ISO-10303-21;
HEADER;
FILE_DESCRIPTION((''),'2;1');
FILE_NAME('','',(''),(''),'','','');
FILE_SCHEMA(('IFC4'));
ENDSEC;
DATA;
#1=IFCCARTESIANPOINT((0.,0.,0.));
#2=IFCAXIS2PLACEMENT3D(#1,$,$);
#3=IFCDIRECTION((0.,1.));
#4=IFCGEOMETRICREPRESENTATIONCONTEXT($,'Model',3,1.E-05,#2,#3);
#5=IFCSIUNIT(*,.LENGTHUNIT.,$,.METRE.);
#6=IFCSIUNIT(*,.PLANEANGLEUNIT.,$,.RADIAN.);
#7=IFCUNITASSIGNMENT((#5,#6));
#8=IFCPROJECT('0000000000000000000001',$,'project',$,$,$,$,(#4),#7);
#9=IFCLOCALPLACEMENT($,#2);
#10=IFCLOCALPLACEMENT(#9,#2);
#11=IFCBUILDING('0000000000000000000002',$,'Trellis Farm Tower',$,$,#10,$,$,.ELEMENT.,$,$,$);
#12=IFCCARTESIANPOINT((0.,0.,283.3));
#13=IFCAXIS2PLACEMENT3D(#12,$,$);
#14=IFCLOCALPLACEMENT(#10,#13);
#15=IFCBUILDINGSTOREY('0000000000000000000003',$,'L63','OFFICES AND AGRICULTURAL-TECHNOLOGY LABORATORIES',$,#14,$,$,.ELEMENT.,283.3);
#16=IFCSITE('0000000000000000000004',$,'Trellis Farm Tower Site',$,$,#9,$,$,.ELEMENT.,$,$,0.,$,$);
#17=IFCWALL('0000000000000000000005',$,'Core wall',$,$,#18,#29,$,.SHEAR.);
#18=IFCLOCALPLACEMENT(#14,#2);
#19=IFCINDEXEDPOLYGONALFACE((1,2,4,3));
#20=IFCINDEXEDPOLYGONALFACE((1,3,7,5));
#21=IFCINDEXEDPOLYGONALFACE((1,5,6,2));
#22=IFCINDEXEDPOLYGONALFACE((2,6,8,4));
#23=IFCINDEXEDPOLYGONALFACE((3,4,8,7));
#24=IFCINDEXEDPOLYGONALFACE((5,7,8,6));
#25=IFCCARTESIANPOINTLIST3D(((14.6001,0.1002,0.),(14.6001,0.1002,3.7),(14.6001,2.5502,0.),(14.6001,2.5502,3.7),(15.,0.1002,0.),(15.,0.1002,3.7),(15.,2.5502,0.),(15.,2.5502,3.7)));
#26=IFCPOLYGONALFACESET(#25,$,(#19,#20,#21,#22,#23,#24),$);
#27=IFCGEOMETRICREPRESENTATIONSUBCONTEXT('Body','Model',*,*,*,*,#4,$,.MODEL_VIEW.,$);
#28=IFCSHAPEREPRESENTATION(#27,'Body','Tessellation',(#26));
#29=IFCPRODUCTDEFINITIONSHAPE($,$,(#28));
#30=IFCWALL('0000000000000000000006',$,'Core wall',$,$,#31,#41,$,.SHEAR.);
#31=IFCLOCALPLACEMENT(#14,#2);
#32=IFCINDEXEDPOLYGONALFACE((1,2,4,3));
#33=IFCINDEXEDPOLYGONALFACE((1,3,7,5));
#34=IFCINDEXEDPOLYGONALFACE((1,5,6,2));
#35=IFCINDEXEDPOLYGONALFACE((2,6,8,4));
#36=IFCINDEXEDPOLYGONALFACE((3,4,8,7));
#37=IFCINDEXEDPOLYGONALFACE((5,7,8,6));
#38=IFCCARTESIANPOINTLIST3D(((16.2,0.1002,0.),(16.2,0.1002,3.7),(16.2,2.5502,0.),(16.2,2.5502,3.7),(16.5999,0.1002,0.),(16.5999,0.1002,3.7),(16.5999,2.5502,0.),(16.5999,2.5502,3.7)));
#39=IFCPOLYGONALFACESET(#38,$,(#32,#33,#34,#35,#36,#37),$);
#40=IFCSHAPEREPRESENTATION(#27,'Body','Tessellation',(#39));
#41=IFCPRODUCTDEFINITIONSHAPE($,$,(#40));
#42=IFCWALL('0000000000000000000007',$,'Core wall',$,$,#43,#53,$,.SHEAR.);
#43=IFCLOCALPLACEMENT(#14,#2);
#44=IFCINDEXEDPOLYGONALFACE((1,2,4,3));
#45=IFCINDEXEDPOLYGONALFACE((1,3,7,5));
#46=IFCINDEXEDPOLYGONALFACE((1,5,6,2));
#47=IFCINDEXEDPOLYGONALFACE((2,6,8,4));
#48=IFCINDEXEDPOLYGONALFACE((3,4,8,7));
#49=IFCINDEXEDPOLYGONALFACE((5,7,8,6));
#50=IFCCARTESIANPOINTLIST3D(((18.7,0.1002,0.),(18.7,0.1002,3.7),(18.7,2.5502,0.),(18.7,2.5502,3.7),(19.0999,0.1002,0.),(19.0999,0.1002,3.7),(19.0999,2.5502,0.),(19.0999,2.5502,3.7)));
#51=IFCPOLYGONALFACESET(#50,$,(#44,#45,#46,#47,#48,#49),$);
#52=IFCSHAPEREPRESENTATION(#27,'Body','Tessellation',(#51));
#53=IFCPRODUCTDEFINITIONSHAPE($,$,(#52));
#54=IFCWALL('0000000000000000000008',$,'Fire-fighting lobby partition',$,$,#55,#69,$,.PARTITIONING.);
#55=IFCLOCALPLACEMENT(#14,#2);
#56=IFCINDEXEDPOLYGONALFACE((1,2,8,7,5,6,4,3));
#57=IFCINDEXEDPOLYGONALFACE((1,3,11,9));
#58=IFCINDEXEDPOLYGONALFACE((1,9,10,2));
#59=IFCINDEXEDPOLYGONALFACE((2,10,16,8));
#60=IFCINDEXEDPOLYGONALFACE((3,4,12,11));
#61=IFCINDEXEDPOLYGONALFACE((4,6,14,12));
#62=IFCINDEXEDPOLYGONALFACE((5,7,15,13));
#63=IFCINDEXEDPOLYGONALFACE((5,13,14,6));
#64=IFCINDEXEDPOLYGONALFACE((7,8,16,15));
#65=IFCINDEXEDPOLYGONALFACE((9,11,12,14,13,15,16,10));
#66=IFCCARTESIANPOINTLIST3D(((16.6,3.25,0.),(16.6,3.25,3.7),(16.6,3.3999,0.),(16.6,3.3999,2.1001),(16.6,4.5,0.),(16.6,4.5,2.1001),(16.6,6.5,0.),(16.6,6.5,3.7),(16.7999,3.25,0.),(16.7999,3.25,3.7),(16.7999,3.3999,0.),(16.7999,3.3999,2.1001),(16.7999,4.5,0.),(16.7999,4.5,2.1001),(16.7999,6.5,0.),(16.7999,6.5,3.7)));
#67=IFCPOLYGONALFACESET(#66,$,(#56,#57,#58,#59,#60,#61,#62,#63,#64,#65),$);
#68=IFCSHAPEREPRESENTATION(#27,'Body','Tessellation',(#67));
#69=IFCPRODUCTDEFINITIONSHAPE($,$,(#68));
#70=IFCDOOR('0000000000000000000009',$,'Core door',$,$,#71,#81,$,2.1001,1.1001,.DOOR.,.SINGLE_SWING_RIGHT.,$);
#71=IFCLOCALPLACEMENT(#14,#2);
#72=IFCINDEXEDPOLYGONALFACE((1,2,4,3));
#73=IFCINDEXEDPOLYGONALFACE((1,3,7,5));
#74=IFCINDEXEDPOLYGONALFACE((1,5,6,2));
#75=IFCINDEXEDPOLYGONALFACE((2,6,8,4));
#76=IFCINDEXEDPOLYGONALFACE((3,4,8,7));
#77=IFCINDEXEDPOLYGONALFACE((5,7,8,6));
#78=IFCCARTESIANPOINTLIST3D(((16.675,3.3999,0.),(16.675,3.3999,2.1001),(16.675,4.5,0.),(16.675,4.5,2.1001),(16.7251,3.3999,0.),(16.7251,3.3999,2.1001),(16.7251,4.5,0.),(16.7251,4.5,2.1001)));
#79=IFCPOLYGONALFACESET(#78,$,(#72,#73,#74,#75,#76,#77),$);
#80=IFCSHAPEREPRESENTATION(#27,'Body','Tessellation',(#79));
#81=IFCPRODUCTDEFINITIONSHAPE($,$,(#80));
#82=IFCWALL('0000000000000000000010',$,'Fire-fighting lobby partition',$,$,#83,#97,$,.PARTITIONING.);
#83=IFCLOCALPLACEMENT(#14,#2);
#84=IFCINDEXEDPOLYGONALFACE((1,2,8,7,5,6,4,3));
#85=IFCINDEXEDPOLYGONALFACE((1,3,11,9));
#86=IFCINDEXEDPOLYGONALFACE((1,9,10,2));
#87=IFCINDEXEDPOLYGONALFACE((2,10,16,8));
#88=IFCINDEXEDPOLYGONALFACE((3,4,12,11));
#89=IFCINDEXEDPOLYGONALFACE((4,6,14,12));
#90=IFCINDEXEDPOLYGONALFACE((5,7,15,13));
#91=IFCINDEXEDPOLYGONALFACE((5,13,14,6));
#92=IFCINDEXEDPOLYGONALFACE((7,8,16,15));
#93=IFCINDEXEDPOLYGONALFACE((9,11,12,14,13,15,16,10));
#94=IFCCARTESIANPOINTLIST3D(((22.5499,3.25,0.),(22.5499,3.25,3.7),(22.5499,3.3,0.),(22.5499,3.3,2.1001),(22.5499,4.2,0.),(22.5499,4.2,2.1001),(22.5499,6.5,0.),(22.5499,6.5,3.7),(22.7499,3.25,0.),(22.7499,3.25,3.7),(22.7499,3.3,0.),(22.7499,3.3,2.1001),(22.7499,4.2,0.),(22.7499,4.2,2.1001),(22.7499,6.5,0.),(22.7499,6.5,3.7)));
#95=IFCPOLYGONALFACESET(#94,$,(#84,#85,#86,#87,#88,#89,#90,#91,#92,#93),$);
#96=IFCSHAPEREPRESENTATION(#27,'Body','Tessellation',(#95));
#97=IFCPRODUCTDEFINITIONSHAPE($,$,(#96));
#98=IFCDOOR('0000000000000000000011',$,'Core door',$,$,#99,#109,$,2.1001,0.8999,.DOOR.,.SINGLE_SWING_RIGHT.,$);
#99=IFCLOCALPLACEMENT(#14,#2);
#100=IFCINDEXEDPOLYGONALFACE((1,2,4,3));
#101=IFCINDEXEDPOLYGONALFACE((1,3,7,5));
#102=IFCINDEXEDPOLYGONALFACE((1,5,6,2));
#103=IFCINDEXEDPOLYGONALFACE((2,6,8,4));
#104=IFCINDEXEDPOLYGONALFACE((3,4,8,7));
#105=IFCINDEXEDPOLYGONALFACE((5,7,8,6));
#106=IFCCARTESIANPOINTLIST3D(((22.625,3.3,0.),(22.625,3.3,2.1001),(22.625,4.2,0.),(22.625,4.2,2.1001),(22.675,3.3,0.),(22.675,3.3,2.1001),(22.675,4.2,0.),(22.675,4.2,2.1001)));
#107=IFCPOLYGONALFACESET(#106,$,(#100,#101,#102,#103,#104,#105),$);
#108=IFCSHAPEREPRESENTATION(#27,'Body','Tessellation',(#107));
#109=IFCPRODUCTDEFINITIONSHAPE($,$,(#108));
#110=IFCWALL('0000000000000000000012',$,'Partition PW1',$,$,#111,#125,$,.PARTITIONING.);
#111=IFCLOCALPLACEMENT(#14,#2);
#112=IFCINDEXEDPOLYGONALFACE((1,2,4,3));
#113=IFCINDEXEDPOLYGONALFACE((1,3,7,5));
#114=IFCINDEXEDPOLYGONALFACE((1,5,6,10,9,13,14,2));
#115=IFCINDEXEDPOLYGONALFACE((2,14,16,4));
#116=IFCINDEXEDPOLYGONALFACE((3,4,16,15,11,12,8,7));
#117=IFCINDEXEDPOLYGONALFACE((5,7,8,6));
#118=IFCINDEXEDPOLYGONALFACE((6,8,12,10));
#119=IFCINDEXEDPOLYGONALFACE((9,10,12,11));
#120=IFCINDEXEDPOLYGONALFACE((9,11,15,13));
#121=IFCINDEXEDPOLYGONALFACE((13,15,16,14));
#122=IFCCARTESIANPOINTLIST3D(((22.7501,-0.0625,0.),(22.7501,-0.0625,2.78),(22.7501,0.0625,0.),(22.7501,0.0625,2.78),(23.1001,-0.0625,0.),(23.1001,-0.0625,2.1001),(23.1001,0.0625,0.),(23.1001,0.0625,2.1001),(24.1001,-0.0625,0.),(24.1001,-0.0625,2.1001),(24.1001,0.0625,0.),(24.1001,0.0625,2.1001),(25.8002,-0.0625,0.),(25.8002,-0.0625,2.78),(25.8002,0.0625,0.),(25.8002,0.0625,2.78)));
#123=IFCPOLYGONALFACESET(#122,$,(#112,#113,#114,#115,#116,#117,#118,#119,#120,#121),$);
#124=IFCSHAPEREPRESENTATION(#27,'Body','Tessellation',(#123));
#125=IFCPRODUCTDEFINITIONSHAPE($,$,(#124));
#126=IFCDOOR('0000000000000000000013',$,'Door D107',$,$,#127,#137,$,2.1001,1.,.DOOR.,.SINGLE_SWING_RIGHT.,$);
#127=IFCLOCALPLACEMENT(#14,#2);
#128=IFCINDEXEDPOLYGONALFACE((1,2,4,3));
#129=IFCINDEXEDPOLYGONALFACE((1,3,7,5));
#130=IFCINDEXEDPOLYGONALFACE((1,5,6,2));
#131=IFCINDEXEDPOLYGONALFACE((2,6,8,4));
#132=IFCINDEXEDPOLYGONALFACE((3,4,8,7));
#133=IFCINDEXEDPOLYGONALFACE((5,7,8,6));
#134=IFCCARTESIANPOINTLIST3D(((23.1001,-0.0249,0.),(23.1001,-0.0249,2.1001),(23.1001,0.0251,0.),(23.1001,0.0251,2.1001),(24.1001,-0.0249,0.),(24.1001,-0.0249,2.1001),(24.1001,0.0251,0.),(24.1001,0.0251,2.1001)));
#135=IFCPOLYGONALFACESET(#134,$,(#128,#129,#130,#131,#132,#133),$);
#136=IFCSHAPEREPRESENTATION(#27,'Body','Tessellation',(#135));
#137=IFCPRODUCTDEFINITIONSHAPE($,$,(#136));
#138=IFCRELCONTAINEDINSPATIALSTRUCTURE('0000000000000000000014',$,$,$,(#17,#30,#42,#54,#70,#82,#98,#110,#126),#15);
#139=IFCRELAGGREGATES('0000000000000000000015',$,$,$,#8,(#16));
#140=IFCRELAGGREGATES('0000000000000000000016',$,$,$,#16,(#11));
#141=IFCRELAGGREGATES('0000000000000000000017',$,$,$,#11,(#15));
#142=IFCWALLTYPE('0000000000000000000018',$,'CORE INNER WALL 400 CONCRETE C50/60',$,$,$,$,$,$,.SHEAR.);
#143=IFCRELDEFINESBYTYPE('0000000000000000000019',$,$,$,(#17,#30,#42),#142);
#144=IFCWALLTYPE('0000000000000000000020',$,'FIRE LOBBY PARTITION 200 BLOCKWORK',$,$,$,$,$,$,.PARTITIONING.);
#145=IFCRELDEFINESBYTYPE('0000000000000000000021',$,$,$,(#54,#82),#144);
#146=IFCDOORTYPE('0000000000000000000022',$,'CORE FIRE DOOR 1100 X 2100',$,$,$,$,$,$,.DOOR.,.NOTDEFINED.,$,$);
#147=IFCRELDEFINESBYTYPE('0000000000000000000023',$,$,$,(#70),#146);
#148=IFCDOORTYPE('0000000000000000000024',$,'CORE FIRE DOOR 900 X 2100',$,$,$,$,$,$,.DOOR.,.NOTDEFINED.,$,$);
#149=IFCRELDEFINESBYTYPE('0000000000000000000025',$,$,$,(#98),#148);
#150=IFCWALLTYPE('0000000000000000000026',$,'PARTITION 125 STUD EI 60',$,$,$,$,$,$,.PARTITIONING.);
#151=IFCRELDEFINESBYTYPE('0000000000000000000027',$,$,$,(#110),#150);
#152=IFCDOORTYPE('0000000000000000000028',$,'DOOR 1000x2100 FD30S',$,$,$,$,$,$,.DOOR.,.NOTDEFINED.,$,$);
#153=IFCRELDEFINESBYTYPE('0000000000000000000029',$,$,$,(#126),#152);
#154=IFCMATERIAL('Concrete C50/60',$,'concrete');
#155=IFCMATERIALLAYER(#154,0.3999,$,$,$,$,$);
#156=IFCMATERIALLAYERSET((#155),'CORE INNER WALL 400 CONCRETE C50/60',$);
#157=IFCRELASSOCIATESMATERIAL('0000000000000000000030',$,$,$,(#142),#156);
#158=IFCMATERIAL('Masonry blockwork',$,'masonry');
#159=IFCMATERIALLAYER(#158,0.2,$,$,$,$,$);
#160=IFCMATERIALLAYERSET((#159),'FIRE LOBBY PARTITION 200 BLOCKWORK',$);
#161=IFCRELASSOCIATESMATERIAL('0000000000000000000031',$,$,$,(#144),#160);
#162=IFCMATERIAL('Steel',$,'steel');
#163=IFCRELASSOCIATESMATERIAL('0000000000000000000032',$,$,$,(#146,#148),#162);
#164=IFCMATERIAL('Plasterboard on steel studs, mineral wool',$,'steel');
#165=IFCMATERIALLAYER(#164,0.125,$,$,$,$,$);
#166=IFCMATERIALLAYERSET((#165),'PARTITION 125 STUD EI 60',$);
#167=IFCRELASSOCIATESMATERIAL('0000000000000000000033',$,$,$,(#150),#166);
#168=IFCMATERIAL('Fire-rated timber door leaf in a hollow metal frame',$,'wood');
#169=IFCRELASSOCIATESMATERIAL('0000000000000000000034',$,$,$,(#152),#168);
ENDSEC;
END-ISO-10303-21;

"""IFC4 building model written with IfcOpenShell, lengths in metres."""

from ifc_helpers import new_model, si_unit, direction, frame, frame_2d, origin, place, context, subcontext, project, spatial, rectangle, extrude, source, transform, mapped, material, layer, layer_set, type_object, element, fill, save


model = new_model("IFC4")

# Units and contexts
model_context = context("Model", 3, precision=1e-05, world=origin(), true_north=direction((0.0, 1.0)))
body_context = subcontext(model_context, "Body", "Model", "MODEL_VIEW")
ifc_project = project(units=[si_unit("LENGTHUNIT", "METRE"), si_unit("PLANEANGLEUNIT", "RADIAN")], contexts=[model_context])

# Site, building, storey
site_placement = place(None, origin())
site = spatial("IfcSite", under=ifc_project, at=site_placement, Name="Trellis Farm Tower Site", CompositionType="ELEMENT", RefElevation=0.0)
building_placement = place(site_placement, origin())
building = spatial("IfcBuilding", under=site, at=building_placement, Name="Trellis Farm Tower", CompositionType="ELEMENT")
storey_placement = place(building_placement, frame((0.0, 0.0, 283.3)))
storey = spatial("IfcBuildingStorey", under=building, at=storey_placement, Name="L63", Description="OFFICES AND AGRICULTURAL-TECHNOLOGY LABORATORIES", CompositionType="ELEMENT", Elevation=283.3)

# Walls
ifc_material_1 = material(Name="Concrete C50/60", Category="concrete")
ifc_layer_1 = layer(ifc_material_1, 0.3999)
ifc_layer_set_1 = layer_set([ifc_layer_1], Name="CORE INNER WALL 400 CONCRETE C50/60")
wall_type_1 = type_object("IfcWallType", Name="CORE INNER WALL 400 CONCRETE C50/60", PredefinedType="SHEAR", material=ifc_layer_set_1)
shared_shape_1 = source(origin(), body_context, "Body", "SweptSolid", [
    extrude(rectangle(XDim=2.45, YDim=0.3999, at=frame_2d((1.2251, 0.0))), origin(), (0.0, 0.0, 1.0), 3.7),
])
for number, where, z_axis, x_axis, name in (
    (1, (14.8, 0.1001, 0.0), (0.0, 0.0, 1.0), (0.0, 1.0, 0.0), "Core wall"),
    (2, (16.3999, 0.1001, 0.0), (0.0, 0.0, 1.0), (0.0, 1.0, 0.0), "Core wall"),
    (3, (18.8999, 0.1001, 0.0), (0.0, 0.0, 1.0), (0.0, 1.0, 0.0), "Core wall"),
):
    element("IfcWall", number, at=place(storey_placement, frame(where, z_axis=z_axis, x_axis=x_axis)), inside=storey, type_object=wall_type_1, Name=name, PredefinedType="SHEAR", context=body_context, shape_type="MappedRepresentation", body=[
        mapped(shared_shape_1, transform((0.0, 0.0, 0.0))),
    ])

# Walls, openings, doors
ifc_material_2 = material(Name="Masonry blockwork", Category="masonry")
ifc_layer_2 = layer(ifc_material_2, 0.2)
ifc_layer_set_2 = layer_set([ifc_layer_2], Name="FIRE LOBBY PARTITION 200 BLOCKWORK")
wall_type_2 = type_object("IfcWallType", Name="FIRE LOBBY PARTITION 200 BLOCKWORK", PredefinedType="PARTITIONING", material=ifc_layer_set_2)
shared_shape_2 = source(origin(), body_context, "Body", "SweptSolid", [
    extrude(rectangle(XDim=3.25, YDim=0.2, at=frame_2d((1.625, 0.0))), origin(), (0.0, 0.0, 1.0), 3.7),
])
wall_1_placement = place(storey_placement, frame((16.7, 3.25, 0.0), z_axis=(0.0, 0.0, 1.0), x_axis=(0.0, 1.0, 0.0)))
wall_1 = element("IfcWall", 4, at=wall_1_placement, inside=storey, type_object=wall_type_2, Name="Fire-fighting lobby partition", PredefinedType="PARTITIONING", context=body_context, shape_type="MappedRepresentation", body=[
    mapped(shared_shape_2, transform((0.0, 0.0, 0.0))),
])
shared_shape_3 = source(origin(), body_context, "Body", "SweptSolid", [
    extrude(rectangle(XDim=1.1001, YDim=2.1001, at=frame_2d((0.55, 1.05))), frame((0.0, 0.1101, 0.0), z_axis=(0.0, -1.0, 0.0), x_axis=(1.0, 0.0, 0.0)), (0.0, 0.0, 1.0), 0.2202),
])
opening_1_placement = place(wall_1_placement, frame((0.1499, 0.0, 0.0)))
opening_1 = element("IfcOpeningElement", 5, at=opening_1_placement, cuts=wall_1, PredefinedType="OPENING", context=body_context, shape_type="MappedRepresentation", body=[
    mapped(shared_shape_3, transform((0.0, 0.0, 0.0))),
])
ifc_material_3 = material(Name="Steel", Category="steel")
door_type_1 = type_object("IfcDoorType", Name="CORE FIRE DOOR 1100 X 2100", OperationType="NOTDEFINED", PredefinedType="DOOR", material=ifc_material_3)
shared_shape_4 = source(origin(), body_context, "Body", "SweptSolid", [
    extrude(rectangle(XDim=1.1001, YDim=2.1001, at=frame_2d((0.55, 1.05))), frame((0.0, 0.0249, 0.0), z_axis=(0.0, -1.0, 0.0), x_axis=(1.0, 0.0, 0.0)), (0.0, 0.0, 1.0), 0.05),
])
door_1_placement = place(opening_1_placement, origin())
door_1 = element("IfcDoor", 6, at=door_1_placement, inside=storey, type_object=door_type_1, Name="Core door", OperationType="SINGLE_SWING_RIGHT", OverallHeight=2.1001, OverallWidth=1.1001, PredefinedType="DOOR", context=body_context, shape_type="MappedRepresentation", body=[
    mapped(shared_shape_4, transform((0.0, 0.0, 0.0))),
])
fill(opening_1, door_1)
wall_2_placement = place(storey_placement, frame((22.6499, 3.25, 0.0), z_axis=(0.0, 0.0, 1.0), x_axis=(0.0, 1.0, 0.0)))
wall_2 = element("IfcWall", 7, at=wall_2_placement, inside=storey, type_object=wall_type_2, Name="Fire-fighting lobby partition", PredefinedType="PARTITIONING", context=body_context, shape_type="MappedRepresentation", body=[
    mapped(shared_shape_2, transform((0.0, 0.0, 0.0))),
])
shared_shape_5 = source(origin(), body_context, "Body", "SweptSolid", [
    extrude(rectangle(XDim=0.8999, YDim=2.1001, at=frame_2d((0.45, 1.05))), frame((0.0, 0.1101, 0.0), z_axis=(0.0, -1.0, 0.0), x_axis=(1.0, 0.0, 0.0)), (0.0, 0.0, 1.0), 0.2202),
])
opening_2_placement = place(wall_2_placement, frame((0.05, 0.0, 0.0)))
opening_2 = element("IfcOpeningElement", 8, at=opening_2_placement, cuts=wall_2, PredefinedType="OPENING", context=body_context, shape_type="MappedRepresentation", body=[
    mapped(shared_shape_5, transform((0.0, 0.0, 0.0))),
])
door_type_2 = type_object("IfcDoorType", Name="CORE FIRE DOOR 900 X 2100", OperationType="NOTDEFINED", PredefinedType="DOOR", material=ifc_material_3)
shared_shape_6 = source(origin(), body_context, "Body", "SweptSolid", [
    extrude(rectangle(XDim=0.8999, YDim=2.1001, at=frame_2d((0.45, 1.05))), frame((0.0, 0.0249, 0.0), z_axis=(0.0, -1.0, 0.0), x_axis=(1.0, 0.0, 0.0)), (0.0, 0.0, 1.0), 0.05),
])
door_2_placement = place(opening_2_placement, origin())
door_2 = element("IfcDoor", 9, at=door_2_placement, inside=storey, type_object=door_type_2, Name="Core door", OperationType="SINGLE_SWING_RIGHT", OverallHeight=2.1001, OverallWidth=0.8999, PredefinedType="DOOR", context=body_context, shape_type="MappedRepresentation", body=[
    mapped(shared_shape_6, transform((0.0, 0.0, 0.0))),
])
fill(opening_2, door_2)
ifc_material_4 = material(Name="Plasterboard on steel studs, mineral wool", Category="steel")
ifc_layer_3 = layer(ifc_material_4, 0.125)
ifc_layer_set_3 = layer_set([ifc_layer_3], Name="PARTITION 125 STUD EI 60")
wall_type_3 = type_object("IfcWallType", Name="PARTITION 125 STUD EI 60", PredefinedType="PARTITIONING", material=ifc_layer_set_3)
shared_shape_7 = source(origin(), body_context, "Body", "SweptSolid", [
    extrude(rectangle(XDim=3.05, YDim=0.125, at=frame_2d((1.5249, 0.0))), origin(), (0.0, 0.0, 1.0), 2.78),
])
wall_3_placement = place(storey_placement, frame((25.8, 0.0, 0.0), z_axis=(0.0, 0.0, 1.0), x_axis=(-1.0, 0.0, 0.0)))
wall_3 = element("IfcWall", 10, at=wall_3_placement, inside=storey, type_object=wall_type_3, Name="Partition PW1", PredefinedType="PARTITIONING", context=body_context, shape_type="MappedRepresentation", body=[
    mapped(shared_shape_7, transform((0.0, 0.0, 0.0))),
])
shared_shape_8 = source(origin(), body_context, "Body", "SweptSolid", [
    extrude(rectangle(XDim=1.0, YDim=2.1001, at=frame_2d((0.5, 1.05))), frame((0.0, 0.0725, 0.0), z_axis=(0.0, -1.0, 0.0), x_axis=(1.0, 0.0, 0.0)), (0.0, 0.0, 1.0), 0.145),
])
opening_3_placement = place(wall_3_placement, frame((1.7, 0.0, 0.0)))
opening_3 = element("IfcOpeningElement", 11, at=opening_3_placement, cuts=wall_3, PredefinedType="OPENING", context=body_context, shape_type="MappedRepresentation", body=[
    mapped(shared_shape_8, transform((0.0, 0.0, 0.0))),
])
ifc_material_5 = material(Name="Fire-rated timber door leaf in a hollow metal frame", Category="wood")
door_type_3 = type_object("IfcDoorType", Name="DOOR 1000x2100 FD30S", OperationType="NOTDEFINED", PredefinedType="DOOR", material=ifc_material_5)
shared_shape_9 = source(origin(), body_context, "Body", "SweptSolid", [
    extrude(rectangle(XDim=1.0, YDim=2.1001, at=frame_2d((0.5, 1.05))), frame((0.0, 0.0249, 0.0), z_axis=(0.0, -1.0, 0.0), x_axis=(1.0, 0.0, 0.0)), (0.0, 0.0, 1.0), 0.05),
])
door_3_placement = place(opening_3_placement, origin())
door_3 = element("IfcDoor", 12, at=door_3_placement, inside=storey, type_object=door_type_3, Name="Door D107", OperationType="SINGLE_SWING_RIGHT", OverallHeight=2.1001, OverallWidth=1.0, PredefinedType="DOOR", context=body_context, shape_type="MappedRepresentation", body=[
    mapped(shared_shape_9, transform((0.0, 0.0, 0.0))),
])
fill(opening_3, door_3)

save(model, "model.ifc")
